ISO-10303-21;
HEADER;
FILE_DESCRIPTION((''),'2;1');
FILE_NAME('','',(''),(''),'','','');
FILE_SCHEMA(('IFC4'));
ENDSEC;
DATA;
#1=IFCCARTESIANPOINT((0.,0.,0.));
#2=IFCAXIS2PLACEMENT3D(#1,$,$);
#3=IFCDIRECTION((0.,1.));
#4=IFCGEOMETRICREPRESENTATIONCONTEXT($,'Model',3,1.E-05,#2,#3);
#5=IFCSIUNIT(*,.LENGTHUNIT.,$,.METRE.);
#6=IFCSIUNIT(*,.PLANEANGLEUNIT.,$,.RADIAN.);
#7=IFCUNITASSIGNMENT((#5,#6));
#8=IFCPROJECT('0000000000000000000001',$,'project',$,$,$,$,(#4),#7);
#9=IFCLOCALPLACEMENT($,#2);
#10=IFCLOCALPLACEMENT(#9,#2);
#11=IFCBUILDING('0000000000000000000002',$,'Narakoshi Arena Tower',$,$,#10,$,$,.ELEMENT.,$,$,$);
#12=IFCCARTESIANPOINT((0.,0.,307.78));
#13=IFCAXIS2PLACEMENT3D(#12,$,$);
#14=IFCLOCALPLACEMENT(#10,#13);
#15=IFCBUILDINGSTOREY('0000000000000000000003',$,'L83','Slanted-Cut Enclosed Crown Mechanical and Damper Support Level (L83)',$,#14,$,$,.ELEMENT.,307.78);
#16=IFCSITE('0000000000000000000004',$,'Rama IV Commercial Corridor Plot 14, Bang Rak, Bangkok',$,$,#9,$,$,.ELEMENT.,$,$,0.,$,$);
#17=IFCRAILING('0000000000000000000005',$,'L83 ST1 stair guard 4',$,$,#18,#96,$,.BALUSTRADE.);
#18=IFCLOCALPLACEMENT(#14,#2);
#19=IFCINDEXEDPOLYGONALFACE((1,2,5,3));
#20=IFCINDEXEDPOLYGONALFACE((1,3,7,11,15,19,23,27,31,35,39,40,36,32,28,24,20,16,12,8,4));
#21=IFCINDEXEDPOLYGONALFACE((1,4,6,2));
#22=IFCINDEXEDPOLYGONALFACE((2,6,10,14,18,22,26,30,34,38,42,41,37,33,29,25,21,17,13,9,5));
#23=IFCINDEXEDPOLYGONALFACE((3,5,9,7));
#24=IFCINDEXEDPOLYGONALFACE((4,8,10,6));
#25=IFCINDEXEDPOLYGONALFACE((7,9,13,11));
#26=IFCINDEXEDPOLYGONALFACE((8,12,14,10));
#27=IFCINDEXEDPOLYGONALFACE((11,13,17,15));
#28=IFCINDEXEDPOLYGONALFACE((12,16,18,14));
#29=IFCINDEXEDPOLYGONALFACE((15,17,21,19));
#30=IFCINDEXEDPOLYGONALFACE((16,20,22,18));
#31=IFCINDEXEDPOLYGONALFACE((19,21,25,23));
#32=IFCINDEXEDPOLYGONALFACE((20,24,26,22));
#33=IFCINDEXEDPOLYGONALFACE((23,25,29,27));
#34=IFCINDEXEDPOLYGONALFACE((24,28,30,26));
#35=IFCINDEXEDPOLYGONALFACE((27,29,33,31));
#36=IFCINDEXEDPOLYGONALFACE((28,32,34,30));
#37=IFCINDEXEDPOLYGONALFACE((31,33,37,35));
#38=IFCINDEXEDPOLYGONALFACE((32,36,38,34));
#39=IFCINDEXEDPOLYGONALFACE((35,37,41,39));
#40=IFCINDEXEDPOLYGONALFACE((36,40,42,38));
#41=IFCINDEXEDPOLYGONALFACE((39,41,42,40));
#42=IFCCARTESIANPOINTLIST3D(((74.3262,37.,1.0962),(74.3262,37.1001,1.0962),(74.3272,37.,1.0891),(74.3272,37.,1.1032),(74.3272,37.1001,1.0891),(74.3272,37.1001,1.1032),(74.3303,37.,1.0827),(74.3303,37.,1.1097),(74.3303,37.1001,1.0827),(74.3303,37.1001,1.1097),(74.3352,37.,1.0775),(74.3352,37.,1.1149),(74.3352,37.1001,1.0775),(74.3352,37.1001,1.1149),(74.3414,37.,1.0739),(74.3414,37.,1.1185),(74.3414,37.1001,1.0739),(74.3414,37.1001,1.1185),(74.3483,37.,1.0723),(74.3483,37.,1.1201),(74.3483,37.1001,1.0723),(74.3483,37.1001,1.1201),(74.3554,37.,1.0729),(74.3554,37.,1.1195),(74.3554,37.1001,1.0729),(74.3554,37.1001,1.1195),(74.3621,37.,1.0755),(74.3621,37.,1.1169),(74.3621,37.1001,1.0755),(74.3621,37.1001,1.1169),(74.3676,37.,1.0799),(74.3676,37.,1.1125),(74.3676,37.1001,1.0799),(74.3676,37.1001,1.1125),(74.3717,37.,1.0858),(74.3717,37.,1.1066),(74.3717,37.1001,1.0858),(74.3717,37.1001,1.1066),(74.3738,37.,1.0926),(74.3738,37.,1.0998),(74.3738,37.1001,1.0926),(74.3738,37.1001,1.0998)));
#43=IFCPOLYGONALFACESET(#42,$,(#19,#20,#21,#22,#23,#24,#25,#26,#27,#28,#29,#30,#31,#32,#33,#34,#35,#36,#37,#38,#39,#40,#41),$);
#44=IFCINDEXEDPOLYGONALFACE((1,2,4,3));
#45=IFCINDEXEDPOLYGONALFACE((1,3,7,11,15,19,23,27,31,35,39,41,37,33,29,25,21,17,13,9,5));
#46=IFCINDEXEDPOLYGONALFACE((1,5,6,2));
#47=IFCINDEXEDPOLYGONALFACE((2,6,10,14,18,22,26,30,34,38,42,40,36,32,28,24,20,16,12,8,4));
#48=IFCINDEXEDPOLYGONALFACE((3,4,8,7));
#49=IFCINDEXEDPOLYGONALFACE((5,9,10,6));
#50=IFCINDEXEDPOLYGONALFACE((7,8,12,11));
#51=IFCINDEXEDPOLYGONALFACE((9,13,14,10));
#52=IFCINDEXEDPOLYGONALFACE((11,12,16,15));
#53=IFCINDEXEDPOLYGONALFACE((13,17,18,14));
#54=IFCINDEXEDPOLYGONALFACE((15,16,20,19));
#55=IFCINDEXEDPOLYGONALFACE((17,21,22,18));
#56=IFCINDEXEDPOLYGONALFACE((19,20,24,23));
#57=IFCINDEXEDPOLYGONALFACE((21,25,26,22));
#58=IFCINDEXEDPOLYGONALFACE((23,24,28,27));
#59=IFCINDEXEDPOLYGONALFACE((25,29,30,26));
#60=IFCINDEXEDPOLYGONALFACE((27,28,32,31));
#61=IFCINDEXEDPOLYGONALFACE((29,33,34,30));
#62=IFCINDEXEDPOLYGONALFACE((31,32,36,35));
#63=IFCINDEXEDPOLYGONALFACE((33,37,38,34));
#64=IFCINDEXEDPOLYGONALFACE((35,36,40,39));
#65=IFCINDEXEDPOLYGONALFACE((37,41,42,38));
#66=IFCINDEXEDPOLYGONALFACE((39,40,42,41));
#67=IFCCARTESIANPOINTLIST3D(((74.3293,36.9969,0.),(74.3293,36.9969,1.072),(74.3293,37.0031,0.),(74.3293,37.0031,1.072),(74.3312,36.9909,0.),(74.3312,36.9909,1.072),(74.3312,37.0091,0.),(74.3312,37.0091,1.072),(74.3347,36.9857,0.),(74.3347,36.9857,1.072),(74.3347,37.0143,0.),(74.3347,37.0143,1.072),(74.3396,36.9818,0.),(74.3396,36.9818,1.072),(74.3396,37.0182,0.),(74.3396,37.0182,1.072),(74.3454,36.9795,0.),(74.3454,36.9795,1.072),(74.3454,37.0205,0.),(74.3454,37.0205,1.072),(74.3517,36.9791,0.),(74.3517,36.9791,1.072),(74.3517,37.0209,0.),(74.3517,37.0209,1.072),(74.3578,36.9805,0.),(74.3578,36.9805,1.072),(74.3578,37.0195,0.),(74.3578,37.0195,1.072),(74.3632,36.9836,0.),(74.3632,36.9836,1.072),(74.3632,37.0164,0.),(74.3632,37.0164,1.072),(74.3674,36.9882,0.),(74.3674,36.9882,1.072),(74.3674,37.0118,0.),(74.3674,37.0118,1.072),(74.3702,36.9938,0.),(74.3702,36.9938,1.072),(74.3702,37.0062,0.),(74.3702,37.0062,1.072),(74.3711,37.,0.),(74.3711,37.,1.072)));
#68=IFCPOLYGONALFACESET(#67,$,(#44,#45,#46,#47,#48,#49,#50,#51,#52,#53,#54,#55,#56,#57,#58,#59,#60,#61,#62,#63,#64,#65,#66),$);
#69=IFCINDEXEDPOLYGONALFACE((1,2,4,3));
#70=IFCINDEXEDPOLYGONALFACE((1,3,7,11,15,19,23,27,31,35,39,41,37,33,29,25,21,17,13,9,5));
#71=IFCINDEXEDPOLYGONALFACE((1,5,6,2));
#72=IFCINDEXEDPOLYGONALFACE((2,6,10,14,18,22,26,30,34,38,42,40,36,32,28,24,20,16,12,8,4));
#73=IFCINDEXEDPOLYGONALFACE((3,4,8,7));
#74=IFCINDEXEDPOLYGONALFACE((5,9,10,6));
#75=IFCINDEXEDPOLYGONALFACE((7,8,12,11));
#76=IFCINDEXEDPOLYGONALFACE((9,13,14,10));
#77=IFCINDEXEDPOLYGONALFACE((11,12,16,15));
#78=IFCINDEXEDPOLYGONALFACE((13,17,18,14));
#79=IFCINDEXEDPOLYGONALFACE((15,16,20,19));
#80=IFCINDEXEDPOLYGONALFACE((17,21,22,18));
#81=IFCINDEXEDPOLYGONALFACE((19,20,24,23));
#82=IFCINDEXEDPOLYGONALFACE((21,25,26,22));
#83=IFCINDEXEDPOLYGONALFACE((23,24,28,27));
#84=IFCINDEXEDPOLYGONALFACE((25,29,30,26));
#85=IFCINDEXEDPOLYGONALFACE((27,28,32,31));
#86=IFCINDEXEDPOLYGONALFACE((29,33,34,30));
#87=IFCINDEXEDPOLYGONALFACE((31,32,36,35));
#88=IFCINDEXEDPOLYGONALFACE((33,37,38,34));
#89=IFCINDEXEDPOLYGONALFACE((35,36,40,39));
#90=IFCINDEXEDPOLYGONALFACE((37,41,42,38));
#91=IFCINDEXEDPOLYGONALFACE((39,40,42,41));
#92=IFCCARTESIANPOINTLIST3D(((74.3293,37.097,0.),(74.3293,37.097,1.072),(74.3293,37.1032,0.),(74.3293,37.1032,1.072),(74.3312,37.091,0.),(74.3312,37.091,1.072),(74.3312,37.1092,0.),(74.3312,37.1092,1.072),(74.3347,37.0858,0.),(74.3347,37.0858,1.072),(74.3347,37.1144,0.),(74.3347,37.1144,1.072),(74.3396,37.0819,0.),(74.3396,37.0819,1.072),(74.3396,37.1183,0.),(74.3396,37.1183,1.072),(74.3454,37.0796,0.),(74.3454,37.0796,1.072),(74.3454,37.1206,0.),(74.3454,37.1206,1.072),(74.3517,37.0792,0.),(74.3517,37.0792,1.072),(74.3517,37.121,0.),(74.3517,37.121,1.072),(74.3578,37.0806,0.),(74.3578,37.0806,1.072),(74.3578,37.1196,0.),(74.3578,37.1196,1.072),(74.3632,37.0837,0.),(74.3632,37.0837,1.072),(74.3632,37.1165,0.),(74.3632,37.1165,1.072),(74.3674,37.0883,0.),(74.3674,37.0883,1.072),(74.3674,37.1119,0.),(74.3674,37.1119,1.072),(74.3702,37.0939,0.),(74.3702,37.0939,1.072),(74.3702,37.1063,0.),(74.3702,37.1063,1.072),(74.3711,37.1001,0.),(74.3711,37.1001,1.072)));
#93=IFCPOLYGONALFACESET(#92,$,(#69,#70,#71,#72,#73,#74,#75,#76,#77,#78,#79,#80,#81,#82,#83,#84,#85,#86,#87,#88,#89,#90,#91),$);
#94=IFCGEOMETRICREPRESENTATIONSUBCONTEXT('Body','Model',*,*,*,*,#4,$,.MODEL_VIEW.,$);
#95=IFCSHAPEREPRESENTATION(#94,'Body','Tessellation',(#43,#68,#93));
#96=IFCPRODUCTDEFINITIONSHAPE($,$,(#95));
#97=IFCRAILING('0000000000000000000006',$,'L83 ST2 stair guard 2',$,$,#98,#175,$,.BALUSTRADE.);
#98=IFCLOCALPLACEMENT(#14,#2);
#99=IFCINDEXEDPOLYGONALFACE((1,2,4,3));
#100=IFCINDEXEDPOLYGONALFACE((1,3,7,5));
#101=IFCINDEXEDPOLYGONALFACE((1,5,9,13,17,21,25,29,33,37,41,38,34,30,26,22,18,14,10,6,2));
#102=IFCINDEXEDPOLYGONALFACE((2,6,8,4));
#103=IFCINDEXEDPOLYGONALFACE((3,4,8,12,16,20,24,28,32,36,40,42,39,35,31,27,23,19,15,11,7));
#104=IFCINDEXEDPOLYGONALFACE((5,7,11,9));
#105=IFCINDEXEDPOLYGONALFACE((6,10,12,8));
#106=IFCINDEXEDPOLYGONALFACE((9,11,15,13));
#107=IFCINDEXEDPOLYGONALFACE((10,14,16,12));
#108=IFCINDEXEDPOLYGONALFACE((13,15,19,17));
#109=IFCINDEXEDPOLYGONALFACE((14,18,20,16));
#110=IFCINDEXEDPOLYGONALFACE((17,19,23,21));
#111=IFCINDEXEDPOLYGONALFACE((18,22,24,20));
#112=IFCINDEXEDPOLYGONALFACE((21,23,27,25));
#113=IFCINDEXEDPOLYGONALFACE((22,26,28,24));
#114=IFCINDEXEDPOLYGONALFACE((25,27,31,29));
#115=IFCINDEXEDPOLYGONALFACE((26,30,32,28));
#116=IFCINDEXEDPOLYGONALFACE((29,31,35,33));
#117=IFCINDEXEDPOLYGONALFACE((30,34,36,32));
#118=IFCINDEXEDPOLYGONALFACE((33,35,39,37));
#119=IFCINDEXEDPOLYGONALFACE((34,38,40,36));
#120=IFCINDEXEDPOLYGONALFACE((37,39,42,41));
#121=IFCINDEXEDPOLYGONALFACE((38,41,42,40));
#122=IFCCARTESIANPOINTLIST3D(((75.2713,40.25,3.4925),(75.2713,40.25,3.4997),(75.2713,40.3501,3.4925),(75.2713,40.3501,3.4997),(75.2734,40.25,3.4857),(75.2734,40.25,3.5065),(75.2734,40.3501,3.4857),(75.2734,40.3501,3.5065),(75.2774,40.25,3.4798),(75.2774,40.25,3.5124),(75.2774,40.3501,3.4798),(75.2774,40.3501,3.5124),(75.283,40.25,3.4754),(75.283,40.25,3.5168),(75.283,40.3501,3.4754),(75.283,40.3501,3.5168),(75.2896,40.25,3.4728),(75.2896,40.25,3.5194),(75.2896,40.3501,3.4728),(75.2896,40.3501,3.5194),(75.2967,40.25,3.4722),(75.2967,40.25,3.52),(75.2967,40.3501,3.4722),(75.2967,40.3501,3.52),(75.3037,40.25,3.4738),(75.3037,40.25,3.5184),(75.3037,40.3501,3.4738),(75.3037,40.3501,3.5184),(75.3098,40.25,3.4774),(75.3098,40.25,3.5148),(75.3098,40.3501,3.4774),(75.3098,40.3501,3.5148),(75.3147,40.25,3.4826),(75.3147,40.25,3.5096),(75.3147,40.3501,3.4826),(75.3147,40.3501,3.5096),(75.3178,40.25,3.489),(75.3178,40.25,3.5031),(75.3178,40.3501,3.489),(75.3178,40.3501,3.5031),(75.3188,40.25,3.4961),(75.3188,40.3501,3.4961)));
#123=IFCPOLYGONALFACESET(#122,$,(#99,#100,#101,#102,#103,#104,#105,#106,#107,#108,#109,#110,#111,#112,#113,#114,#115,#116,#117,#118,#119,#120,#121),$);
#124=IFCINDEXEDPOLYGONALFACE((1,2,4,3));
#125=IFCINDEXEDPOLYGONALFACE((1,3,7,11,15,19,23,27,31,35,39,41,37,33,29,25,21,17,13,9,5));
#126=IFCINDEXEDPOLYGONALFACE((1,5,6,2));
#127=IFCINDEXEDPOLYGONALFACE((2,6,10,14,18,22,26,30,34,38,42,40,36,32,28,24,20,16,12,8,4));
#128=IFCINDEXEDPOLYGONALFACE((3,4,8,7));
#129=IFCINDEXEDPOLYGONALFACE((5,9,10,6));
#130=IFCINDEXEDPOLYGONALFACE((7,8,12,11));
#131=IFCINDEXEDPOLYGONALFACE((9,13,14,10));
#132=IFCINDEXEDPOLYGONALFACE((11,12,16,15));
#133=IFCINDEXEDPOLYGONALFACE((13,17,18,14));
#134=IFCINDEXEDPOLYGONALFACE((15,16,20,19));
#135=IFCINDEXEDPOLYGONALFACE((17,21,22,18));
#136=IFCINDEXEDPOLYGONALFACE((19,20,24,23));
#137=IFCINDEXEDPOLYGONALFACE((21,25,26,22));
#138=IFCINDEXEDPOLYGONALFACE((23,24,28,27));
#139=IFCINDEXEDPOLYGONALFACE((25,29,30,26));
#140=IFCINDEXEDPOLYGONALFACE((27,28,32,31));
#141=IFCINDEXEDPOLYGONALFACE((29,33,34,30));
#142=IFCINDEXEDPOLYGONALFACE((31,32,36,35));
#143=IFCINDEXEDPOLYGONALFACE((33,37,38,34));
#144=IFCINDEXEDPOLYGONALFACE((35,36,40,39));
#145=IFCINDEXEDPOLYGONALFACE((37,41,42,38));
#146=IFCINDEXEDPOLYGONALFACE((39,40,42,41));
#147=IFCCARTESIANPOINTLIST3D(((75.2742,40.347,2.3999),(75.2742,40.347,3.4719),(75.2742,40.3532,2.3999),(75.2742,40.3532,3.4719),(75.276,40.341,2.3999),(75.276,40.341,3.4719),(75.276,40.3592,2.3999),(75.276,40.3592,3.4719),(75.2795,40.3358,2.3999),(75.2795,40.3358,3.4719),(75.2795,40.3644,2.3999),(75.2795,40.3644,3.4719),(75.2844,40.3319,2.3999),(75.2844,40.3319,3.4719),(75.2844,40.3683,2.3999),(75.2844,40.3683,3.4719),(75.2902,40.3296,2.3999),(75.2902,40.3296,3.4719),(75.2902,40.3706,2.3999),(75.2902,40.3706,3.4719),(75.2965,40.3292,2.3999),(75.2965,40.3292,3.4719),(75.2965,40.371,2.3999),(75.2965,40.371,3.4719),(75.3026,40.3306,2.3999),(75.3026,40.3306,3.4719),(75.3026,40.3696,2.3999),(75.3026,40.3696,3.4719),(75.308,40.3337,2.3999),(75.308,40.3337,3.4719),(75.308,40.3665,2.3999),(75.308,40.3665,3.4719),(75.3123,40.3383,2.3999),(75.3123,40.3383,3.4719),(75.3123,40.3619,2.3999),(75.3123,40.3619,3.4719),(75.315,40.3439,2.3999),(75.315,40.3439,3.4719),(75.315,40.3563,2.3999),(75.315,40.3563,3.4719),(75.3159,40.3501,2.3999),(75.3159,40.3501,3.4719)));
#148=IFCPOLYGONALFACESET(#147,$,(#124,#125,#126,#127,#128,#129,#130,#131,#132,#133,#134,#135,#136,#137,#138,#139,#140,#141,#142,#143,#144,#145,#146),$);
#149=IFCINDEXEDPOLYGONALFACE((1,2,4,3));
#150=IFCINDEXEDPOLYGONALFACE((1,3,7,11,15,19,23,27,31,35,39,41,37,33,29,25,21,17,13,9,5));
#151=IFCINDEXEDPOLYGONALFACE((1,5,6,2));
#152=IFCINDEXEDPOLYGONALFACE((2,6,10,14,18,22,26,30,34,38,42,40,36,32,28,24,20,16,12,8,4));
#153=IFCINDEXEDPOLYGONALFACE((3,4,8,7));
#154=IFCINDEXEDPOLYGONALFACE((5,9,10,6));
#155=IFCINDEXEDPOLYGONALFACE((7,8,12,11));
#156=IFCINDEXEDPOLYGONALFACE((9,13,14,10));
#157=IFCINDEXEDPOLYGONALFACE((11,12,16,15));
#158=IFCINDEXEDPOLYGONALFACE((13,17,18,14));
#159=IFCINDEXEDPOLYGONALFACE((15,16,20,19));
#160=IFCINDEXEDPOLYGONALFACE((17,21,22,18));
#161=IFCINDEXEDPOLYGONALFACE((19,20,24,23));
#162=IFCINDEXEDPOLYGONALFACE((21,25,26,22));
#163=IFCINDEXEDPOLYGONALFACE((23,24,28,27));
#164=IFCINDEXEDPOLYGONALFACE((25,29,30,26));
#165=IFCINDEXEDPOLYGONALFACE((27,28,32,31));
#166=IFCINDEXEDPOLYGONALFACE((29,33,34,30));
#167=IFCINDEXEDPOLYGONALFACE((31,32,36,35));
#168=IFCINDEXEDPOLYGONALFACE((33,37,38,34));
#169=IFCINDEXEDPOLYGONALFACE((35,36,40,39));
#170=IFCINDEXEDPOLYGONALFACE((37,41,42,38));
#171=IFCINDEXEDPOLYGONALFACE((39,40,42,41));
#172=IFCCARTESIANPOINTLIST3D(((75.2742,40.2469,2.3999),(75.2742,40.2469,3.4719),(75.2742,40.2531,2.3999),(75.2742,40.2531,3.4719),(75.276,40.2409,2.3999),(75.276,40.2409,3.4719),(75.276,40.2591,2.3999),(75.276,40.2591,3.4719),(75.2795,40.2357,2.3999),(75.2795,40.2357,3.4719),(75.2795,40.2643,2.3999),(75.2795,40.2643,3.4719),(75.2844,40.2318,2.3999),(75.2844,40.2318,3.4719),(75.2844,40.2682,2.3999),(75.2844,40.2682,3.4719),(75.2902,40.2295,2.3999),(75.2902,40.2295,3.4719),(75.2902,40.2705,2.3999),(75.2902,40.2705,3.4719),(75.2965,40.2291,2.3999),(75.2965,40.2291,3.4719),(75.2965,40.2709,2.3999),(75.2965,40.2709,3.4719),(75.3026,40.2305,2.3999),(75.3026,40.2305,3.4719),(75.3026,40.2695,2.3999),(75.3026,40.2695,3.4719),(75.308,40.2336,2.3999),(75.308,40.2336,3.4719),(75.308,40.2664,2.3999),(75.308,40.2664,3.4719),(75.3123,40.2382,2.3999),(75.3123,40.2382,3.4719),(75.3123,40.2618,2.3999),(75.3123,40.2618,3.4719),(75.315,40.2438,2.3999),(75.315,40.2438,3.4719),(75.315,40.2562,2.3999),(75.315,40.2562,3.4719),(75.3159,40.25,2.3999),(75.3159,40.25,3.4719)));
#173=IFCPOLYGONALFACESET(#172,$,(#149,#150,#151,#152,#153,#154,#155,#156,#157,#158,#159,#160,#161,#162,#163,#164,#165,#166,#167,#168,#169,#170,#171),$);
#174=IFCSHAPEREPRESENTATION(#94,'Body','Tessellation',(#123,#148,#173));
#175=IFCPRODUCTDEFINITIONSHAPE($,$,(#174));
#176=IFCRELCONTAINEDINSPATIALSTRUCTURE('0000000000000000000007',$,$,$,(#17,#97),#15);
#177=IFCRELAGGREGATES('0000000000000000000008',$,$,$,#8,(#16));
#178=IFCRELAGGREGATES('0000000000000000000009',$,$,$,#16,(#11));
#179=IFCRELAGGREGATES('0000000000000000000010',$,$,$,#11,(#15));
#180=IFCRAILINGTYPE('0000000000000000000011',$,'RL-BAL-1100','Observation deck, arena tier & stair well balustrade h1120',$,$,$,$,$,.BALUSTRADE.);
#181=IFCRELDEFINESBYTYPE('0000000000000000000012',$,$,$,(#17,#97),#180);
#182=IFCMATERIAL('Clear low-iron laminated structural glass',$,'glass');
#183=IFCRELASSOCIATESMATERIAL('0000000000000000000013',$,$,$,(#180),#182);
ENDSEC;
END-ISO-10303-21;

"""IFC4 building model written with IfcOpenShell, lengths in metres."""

from ifc_helpers import new_model, si_unit, direction, frame, origin, origin_2d, place, context, subcontext, project, spatial, circle, extrude, material, type_object, element, save


model = new_model("IFC4")

# Units and contexts
model_context = context("Model", 3, precision=1e-05, world=origin(), true_north=direction((0.0, 1.0)))
body_context = subcontext(model_context, "Body", "Model", "MODEL_VIEW")
ifc_project = project(units=[si_unit("LENGTHUNIT", "METRE"), si_unit("PLANEANGLEUNIT", "RADIAN")], contexts=[model_context])

# Site, building, storey
site_placement = place(None, origin())
site = spatial("IfcSite", under=ifc_project, at=site_placement, Name="Rama IV Commercial Corridor Plot 14, Bang Rak, Bangkok", CompositionType="ELEMENT", RefElevation=0.0)
building_placement = place(site_placement, origin())
building = spatial("IfcBuilding", under=site, at=building_placement, Name="Narakoshi Arena Tower", CompositionType="ELEMENT")
storey_placement = place(building_placement, frame((0.0, 0.0, 307.78)))
storey = spatial("IfcBuildingStorey", under=building, at=storey_placement, Name="L83", Description="Slanted-Cut Enclosed Crown Mechanical and Damper Support Level (L83)", CompositionType="ELEMENT", Elevation=307.78)

# Railings
ifc_material_1 = material(Name="Clear low-iron laminated structural glass", Category="glass")
railing_type_1 = type_object("IfcRailingType", Name="RL-BAL-1100", Description="Observation deck, arena tier & stair well balustrade h1120", PredefinedType="BALUSTRADE", material=ifc_material_1)
railing_1_placement = place(storey_placement, frame((74.3501, 37.0, 0.0)))
element("IfcRailing", 1, at=railing_1_placement, inside=storey, type_object=railing_type_1, Name="L83 ST1 stair guard 4", PredefinedType="BALUSTRADE", context=body_context, shape_type="SweptSolid", body=[
    extrude(circle(Radius=0.0239, at=origin_2d()), frame((0.0, 0.0, 1.0962), z_axis=(0.0, 1.0, 0.0), x_axis=(-1.0, 0.0, 0.0)), (0.0, 0.0, 1.0), 0.1001),
    extrude(circle(Radius=0.021, at=origin_2d()), origin(), (0.0, 0.0, 1.0), 1.072),
    extrude(circle(Radius=0.021, at=origin_2d()), frame((0.0, 0.1001, 0.0)), (0.0, 0.0, 1.0), 1.072),
])
railing_2_placement = place(storey_placement, frame((75.2949, 40.3501, 2.3999)))
element("IfcRailing", 2, at=railing_2_placement, inside=storey, type_object=railing_type_1, Name="L83 ST2 stair guard 2", PredefinedType="BALUSTRADE", context=body_context, shape_type="SweptSolid", body=[
    extrude(circle(Radius=0.0239, at=origin_2d()), frame((0.0, 0.0, 1.0962), z_axis=(0.0, -1.0, 0.0), x_axis=(1.0, 0.0, 0.0)), (0.0, 0.0, 1.0), 0.1001),
    extrude(circle(Radius=0.021, at=origin_2d()), origin(), (0.0, 0.0, 1.0), 1.072),
    extrude(circle(Radius=0.021, at=origin_2d()), frame((0.0, -0.1001, 0.0)), (0.0, 0.0, 1.0), 1.072),
])

save(model, "model.ifc")
